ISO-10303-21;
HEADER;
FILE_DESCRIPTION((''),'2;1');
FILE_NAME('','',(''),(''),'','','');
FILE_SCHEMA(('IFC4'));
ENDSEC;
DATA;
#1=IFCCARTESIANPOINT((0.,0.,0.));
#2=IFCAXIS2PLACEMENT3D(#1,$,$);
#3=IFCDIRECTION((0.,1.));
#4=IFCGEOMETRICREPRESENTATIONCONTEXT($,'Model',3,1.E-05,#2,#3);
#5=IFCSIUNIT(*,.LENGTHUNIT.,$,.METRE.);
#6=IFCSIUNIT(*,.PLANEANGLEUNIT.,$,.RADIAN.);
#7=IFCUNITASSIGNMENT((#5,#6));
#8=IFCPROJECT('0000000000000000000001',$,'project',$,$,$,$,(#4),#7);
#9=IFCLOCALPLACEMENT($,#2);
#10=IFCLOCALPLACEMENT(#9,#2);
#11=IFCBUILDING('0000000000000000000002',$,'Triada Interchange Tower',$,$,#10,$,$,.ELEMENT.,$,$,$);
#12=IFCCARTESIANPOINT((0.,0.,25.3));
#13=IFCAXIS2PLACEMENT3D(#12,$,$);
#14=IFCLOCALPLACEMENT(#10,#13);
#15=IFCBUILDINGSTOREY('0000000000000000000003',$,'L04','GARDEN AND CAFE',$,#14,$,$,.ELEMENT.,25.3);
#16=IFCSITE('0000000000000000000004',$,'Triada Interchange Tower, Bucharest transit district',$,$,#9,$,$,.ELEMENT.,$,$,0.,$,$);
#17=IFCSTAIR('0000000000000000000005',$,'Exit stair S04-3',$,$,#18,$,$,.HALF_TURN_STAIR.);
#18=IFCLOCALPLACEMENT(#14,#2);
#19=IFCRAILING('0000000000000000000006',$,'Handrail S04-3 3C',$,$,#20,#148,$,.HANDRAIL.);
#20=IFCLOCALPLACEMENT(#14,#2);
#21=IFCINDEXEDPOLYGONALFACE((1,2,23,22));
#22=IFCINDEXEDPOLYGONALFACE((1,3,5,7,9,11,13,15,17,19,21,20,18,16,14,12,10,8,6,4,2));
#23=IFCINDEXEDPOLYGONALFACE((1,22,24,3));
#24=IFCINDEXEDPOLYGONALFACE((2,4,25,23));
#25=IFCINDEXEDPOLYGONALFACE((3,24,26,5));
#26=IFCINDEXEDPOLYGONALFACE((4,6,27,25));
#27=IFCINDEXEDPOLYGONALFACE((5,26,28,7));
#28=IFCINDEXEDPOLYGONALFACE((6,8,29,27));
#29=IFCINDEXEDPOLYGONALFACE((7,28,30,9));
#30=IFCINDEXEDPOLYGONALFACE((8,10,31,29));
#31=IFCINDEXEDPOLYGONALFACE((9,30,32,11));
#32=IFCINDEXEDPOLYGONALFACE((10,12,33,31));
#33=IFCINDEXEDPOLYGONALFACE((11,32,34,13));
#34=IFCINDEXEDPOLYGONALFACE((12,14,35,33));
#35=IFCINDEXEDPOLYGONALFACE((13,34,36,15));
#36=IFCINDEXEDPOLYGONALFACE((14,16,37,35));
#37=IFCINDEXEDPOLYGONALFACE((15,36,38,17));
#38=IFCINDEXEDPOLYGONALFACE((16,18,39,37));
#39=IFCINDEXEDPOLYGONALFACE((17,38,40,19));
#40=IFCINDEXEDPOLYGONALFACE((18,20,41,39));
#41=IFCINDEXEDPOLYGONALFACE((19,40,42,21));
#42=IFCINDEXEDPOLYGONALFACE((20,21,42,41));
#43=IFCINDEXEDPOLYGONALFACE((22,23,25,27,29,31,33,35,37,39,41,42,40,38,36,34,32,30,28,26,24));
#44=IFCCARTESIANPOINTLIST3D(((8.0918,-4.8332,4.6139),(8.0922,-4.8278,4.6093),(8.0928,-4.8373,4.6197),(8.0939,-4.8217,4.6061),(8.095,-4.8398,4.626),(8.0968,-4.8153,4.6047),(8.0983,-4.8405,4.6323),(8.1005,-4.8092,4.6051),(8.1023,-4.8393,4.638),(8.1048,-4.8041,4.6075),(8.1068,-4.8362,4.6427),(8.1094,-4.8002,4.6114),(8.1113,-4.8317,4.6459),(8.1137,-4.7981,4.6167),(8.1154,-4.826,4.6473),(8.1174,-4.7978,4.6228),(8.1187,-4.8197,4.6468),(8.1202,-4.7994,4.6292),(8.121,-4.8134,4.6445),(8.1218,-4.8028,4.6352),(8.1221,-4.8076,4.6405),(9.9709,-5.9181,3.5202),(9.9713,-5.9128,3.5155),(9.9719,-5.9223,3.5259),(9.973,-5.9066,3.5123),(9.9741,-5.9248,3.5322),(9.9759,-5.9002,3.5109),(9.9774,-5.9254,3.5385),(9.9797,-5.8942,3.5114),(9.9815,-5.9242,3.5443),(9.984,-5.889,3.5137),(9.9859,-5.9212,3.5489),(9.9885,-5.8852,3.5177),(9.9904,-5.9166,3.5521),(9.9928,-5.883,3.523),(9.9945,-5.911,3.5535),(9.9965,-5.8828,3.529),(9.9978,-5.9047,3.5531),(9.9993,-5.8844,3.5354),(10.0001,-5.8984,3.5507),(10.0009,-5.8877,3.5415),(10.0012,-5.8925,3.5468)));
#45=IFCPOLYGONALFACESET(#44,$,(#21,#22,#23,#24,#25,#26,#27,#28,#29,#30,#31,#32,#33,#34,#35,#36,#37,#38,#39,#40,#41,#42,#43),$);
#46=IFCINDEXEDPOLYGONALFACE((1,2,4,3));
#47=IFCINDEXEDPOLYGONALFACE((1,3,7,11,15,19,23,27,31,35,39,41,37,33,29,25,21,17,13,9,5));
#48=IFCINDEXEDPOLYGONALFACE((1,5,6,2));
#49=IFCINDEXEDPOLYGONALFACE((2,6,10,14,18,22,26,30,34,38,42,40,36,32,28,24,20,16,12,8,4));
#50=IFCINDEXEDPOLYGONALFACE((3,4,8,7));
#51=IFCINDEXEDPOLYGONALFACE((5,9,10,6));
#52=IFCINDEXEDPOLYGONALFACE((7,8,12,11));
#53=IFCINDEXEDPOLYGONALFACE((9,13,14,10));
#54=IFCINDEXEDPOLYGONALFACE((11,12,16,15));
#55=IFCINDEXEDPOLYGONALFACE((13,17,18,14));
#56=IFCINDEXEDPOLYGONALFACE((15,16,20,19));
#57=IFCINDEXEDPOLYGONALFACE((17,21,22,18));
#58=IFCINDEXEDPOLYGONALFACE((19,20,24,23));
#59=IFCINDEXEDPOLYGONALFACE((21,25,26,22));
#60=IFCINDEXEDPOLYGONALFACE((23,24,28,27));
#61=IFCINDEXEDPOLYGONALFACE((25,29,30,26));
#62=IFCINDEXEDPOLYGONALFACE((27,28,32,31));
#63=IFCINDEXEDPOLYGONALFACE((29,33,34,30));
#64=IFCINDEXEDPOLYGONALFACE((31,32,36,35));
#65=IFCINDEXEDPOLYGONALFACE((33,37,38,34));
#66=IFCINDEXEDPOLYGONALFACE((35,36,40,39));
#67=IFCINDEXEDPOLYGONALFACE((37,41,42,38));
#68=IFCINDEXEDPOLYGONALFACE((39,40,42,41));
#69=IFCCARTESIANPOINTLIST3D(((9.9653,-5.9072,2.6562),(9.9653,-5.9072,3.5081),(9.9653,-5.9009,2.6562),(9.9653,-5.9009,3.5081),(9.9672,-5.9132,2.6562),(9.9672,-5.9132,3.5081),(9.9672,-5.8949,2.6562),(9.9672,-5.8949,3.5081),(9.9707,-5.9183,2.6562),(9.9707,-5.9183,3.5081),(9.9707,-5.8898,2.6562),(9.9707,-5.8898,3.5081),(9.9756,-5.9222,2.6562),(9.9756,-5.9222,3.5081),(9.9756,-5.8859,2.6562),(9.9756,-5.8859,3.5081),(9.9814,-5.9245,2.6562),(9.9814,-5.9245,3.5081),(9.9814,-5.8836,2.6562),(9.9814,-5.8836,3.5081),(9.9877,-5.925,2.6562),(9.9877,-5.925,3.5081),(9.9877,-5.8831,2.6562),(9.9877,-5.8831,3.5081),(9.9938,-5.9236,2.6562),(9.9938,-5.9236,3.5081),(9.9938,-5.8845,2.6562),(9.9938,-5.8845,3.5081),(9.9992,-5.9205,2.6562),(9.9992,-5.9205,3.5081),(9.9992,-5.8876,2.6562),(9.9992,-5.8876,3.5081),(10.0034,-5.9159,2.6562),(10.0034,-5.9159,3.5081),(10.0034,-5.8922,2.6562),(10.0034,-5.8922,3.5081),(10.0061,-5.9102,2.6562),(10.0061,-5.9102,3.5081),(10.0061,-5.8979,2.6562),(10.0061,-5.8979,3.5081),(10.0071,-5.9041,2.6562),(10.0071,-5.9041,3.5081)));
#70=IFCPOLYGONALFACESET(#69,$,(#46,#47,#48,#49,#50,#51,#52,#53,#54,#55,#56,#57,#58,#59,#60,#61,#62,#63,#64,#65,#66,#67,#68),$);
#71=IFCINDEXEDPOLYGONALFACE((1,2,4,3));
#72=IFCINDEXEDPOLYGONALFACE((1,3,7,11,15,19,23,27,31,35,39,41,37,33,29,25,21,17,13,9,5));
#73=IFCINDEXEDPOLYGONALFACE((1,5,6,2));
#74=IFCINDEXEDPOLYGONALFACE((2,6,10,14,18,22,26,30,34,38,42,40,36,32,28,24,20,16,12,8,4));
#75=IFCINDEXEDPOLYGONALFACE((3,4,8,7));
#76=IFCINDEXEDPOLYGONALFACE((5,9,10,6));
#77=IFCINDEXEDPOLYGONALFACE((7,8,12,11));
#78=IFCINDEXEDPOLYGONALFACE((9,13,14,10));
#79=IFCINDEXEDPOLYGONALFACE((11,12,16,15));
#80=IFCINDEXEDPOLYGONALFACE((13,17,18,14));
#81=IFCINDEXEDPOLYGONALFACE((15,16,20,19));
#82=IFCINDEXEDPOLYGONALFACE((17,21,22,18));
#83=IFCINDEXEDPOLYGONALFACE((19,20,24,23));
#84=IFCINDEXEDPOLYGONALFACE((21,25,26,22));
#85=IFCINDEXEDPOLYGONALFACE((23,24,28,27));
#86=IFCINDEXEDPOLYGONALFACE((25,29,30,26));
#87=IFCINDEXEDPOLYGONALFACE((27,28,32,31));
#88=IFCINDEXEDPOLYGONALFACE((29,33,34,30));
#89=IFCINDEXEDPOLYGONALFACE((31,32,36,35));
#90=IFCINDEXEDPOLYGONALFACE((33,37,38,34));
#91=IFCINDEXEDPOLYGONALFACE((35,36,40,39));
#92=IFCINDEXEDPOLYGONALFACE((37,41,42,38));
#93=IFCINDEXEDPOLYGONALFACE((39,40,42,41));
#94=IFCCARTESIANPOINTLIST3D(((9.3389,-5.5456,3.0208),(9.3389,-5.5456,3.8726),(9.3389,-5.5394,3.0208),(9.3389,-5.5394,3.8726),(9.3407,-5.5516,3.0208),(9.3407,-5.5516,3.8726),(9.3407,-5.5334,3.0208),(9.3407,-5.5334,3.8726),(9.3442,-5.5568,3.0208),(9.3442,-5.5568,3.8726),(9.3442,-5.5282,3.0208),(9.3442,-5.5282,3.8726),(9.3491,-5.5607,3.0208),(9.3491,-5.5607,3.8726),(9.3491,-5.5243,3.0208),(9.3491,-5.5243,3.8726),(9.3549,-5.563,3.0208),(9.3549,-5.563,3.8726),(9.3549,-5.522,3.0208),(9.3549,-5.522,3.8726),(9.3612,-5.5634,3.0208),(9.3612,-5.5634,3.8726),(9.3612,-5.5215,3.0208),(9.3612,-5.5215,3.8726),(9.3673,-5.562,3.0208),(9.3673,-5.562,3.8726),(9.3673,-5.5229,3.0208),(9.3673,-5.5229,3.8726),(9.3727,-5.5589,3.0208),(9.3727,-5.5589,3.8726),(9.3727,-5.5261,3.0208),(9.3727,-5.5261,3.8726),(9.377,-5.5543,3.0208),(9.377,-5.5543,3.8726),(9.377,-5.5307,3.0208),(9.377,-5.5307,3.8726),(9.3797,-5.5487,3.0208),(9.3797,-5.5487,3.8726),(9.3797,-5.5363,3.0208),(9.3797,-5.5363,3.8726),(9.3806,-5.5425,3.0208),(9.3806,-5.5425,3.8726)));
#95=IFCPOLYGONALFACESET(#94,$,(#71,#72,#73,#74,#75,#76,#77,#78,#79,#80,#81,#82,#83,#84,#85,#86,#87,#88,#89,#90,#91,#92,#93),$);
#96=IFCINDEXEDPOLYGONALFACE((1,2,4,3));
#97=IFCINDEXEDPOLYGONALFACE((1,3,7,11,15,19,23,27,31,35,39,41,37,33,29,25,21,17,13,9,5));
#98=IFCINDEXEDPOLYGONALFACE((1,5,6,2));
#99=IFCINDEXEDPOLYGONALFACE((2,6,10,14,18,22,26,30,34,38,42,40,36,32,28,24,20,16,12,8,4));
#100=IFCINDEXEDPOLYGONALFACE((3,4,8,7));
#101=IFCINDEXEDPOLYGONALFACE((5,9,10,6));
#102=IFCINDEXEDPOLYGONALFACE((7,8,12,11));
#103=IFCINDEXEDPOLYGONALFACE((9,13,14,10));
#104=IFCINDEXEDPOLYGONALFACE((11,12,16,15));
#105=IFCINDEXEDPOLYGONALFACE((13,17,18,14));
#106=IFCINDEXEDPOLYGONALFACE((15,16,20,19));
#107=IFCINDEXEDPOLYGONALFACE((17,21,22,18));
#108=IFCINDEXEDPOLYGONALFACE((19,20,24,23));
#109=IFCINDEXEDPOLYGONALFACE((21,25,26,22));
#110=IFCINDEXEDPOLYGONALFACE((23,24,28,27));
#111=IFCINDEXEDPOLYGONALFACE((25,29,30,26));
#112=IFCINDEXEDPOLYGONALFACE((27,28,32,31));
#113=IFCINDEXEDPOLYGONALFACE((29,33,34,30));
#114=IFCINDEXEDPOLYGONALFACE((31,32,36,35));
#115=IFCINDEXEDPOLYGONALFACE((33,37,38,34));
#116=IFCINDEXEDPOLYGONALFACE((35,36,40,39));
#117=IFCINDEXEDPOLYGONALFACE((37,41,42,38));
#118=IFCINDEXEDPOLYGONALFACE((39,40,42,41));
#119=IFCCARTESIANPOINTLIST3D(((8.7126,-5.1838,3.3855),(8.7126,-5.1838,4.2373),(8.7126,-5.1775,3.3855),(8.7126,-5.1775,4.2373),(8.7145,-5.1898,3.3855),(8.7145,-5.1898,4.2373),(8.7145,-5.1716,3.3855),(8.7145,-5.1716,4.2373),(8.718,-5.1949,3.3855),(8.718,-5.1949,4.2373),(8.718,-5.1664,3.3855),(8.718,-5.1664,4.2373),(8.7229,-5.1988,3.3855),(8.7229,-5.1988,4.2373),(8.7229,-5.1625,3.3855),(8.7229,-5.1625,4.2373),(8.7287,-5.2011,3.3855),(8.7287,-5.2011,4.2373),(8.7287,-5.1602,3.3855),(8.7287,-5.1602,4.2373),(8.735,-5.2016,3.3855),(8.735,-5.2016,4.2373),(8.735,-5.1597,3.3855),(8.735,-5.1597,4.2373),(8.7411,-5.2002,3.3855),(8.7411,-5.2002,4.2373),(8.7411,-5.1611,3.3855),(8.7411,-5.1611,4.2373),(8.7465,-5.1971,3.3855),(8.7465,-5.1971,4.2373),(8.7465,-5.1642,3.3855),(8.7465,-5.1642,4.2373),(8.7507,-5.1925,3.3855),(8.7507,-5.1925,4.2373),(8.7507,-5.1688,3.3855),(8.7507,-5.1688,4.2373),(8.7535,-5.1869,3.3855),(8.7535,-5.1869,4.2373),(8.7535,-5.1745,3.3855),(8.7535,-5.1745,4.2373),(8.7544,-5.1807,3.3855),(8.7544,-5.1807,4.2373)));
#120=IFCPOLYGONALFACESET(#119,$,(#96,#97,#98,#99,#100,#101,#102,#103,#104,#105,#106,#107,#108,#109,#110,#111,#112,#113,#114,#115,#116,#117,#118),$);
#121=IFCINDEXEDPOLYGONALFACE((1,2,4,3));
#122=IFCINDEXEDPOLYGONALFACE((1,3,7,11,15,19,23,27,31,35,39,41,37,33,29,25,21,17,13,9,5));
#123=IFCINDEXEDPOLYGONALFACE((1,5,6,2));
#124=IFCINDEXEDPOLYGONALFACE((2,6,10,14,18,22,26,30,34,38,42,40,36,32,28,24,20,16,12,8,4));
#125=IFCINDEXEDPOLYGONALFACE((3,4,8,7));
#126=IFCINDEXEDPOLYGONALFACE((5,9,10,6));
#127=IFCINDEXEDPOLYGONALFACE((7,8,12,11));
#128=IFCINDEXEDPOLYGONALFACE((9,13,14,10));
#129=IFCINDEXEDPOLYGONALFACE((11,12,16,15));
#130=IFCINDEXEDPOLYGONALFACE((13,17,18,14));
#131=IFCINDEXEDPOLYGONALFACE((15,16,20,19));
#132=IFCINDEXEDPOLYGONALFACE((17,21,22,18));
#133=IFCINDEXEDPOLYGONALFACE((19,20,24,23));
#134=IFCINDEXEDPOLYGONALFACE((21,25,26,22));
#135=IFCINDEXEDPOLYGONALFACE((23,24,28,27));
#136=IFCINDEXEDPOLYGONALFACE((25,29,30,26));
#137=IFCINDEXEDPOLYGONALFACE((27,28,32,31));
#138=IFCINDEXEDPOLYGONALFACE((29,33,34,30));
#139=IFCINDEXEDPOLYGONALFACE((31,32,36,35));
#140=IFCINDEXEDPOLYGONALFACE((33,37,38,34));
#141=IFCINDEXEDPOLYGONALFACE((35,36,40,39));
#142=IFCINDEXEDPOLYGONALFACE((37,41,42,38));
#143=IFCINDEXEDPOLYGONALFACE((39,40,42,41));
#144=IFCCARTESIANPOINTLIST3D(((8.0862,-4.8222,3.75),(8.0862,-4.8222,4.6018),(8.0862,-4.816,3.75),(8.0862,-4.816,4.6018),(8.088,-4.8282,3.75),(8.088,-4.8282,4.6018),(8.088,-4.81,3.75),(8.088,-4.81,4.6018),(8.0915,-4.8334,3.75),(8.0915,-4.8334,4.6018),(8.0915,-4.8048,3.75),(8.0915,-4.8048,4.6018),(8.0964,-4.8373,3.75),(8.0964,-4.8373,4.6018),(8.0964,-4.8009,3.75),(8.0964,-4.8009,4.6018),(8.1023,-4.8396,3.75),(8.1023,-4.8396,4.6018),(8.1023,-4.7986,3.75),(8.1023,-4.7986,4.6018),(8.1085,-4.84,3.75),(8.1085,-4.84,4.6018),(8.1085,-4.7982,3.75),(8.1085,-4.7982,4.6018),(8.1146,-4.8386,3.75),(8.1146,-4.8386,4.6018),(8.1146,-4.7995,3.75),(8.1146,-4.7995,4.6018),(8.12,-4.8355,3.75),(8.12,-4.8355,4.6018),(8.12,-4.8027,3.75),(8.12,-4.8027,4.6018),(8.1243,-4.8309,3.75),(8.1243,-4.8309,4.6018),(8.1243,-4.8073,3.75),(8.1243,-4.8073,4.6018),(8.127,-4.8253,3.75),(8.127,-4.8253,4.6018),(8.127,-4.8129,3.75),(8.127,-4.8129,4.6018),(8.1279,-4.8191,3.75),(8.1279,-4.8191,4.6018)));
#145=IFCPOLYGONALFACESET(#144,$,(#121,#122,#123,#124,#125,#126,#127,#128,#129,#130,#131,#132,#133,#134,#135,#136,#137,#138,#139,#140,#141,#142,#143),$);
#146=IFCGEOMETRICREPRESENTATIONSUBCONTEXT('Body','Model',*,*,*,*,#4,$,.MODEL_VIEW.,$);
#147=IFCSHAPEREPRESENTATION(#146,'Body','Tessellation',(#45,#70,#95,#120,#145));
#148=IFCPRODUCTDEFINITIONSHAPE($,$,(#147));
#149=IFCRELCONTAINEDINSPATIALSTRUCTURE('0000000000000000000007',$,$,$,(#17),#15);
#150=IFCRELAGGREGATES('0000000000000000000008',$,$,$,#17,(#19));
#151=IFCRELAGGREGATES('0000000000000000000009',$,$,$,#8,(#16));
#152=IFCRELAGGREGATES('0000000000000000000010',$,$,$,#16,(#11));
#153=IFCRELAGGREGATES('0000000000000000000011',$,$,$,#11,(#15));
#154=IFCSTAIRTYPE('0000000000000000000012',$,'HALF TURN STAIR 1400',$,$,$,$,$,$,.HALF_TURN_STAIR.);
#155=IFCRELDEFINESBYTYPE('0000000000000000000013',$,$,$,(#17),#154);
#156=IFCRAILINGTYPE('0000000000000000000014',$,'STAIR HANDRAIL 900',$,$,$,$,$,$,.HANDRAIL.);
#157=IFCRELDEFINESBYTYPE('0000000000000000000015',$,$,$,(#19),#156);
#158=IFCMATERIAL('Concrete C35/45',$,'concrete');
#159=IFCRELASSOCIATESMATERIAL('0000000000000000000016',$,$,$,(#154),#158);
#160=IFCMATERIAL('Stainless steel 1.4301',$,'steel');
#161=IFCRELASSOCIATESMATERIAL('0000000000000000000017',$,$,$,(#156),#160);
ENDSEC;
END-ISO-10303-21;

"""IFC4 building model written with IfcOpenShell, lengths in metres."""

from ifc_helpers import new_model, si_unit, direction, frame, origin, origin_2d, place, context, subcontext, project, spatial, circle, extrude, material, type_object, element, aggregate, save


model = new_model("IFC4")

# Units and contexts
model_context = context("Model", 3, precision=1e-05, world=origin(), true_north=direction((0.0, 1.0)))
body_context = subcontext(model_context, "Body", "Model", "MODEL_VIEW")
ifc_project = project(units=[si_unit("LENGTHUNIT", "METRE"), si_unit("PLANEANGLEUNIT", "RADIAN")], contexts=[model_context])

# Site, building, storey
site_placement = place(None, origin())
site = spatial("IfcSite", under=ifc_project, at=site_placement, Name="Triada Interchange Tower, Bucharest transit district", CompositionType="ELEMENT", RefElevation=0.0)
building_placement = place(site_placement, origin())
building = spatial("IfcBuilding", under=site, at=building_placement, Name="Triada Interchange Tower", CompositionType="ELEMENT")
storey_placement = place(building_placement, frame((0.0, 0.0, 25.3)))
storey = spatial("IfcBuildingStorey", under=building, at=storey_placement, Name="L04", Description="GARDEN AND CAFE", CompositionType="ELEMENT", Elevation=25.3)

# Shared definitions
ifc_material_1 = material(Name="Concrete C35/45", Category="concrete")

# Stair, railing
stair_type = type_object("IfcStairType", Name="HALF TURN STAIR 1400", PredefinedType="HALF_TURN_STAIR", material=ifc_material_1)
stair_placement = place(storey_placement, origin())
stair = element("IfcStair", 1, at=stair_placement, inside=storey, type_object=stair_type, Name="Exit stair S04-3", PredefinedType="HALF_TURN_STAIR")
ifc_material_2 = material(Name="Stainless steel 1.4301", Category="steel")
railing_type_1 = type_object("IfcRailingType", Name="STAIR HANDRAIL 900", PredefinedType="HANDRAIL", material=ifc_material_2)
railing_1_placement = place(storey_placement, frame((9.9861, -5.9041, 2.6562)))
railing_1 = element("IfcRailing", 2, at=railing_1_placement, type_object=railing_type_1, Name="Handrail S04-3 3C", PredefinedType="HANDRAIL", context=body_context, shape_type="SweptSolid", body=[
    extrude(circle(Radius=0.0239, at=origin_2d()), frame((0.0, 0.0, 0.876), z_axis=(-0.77333, 0.446496, 0.450113), x_axis=(-0.500011, -0.866019, 0.0)), (0.0, 0.0, 1.0), 2.4299),
    extrude(circle(Radius=0.021, at=origin_2d()), origin(), (0.0, 0.0, 1.0), 0.8518),
    extrude(circle(Radius=0.021, at=origin_2d()), frame((-0.6265, 0.3616, 0.3645)), (0.0, 0.0, 1.0), 0.8518),
    extrude(circle(Radius=0.021, at=origin_2d()), frame((-1.2527, 0.7234, 0.7292)), (0.0, 0.0, 1.0), 0.8518),
    extrude(circle(Radius=0.021, at=origin_2d()), frame((-1.8792, 1.085, 1.0938)), (0.0, 0.0, 1.0), 0.8518),
])
aggregate(stair, [railing_1])

save(model, "model.ifc")
